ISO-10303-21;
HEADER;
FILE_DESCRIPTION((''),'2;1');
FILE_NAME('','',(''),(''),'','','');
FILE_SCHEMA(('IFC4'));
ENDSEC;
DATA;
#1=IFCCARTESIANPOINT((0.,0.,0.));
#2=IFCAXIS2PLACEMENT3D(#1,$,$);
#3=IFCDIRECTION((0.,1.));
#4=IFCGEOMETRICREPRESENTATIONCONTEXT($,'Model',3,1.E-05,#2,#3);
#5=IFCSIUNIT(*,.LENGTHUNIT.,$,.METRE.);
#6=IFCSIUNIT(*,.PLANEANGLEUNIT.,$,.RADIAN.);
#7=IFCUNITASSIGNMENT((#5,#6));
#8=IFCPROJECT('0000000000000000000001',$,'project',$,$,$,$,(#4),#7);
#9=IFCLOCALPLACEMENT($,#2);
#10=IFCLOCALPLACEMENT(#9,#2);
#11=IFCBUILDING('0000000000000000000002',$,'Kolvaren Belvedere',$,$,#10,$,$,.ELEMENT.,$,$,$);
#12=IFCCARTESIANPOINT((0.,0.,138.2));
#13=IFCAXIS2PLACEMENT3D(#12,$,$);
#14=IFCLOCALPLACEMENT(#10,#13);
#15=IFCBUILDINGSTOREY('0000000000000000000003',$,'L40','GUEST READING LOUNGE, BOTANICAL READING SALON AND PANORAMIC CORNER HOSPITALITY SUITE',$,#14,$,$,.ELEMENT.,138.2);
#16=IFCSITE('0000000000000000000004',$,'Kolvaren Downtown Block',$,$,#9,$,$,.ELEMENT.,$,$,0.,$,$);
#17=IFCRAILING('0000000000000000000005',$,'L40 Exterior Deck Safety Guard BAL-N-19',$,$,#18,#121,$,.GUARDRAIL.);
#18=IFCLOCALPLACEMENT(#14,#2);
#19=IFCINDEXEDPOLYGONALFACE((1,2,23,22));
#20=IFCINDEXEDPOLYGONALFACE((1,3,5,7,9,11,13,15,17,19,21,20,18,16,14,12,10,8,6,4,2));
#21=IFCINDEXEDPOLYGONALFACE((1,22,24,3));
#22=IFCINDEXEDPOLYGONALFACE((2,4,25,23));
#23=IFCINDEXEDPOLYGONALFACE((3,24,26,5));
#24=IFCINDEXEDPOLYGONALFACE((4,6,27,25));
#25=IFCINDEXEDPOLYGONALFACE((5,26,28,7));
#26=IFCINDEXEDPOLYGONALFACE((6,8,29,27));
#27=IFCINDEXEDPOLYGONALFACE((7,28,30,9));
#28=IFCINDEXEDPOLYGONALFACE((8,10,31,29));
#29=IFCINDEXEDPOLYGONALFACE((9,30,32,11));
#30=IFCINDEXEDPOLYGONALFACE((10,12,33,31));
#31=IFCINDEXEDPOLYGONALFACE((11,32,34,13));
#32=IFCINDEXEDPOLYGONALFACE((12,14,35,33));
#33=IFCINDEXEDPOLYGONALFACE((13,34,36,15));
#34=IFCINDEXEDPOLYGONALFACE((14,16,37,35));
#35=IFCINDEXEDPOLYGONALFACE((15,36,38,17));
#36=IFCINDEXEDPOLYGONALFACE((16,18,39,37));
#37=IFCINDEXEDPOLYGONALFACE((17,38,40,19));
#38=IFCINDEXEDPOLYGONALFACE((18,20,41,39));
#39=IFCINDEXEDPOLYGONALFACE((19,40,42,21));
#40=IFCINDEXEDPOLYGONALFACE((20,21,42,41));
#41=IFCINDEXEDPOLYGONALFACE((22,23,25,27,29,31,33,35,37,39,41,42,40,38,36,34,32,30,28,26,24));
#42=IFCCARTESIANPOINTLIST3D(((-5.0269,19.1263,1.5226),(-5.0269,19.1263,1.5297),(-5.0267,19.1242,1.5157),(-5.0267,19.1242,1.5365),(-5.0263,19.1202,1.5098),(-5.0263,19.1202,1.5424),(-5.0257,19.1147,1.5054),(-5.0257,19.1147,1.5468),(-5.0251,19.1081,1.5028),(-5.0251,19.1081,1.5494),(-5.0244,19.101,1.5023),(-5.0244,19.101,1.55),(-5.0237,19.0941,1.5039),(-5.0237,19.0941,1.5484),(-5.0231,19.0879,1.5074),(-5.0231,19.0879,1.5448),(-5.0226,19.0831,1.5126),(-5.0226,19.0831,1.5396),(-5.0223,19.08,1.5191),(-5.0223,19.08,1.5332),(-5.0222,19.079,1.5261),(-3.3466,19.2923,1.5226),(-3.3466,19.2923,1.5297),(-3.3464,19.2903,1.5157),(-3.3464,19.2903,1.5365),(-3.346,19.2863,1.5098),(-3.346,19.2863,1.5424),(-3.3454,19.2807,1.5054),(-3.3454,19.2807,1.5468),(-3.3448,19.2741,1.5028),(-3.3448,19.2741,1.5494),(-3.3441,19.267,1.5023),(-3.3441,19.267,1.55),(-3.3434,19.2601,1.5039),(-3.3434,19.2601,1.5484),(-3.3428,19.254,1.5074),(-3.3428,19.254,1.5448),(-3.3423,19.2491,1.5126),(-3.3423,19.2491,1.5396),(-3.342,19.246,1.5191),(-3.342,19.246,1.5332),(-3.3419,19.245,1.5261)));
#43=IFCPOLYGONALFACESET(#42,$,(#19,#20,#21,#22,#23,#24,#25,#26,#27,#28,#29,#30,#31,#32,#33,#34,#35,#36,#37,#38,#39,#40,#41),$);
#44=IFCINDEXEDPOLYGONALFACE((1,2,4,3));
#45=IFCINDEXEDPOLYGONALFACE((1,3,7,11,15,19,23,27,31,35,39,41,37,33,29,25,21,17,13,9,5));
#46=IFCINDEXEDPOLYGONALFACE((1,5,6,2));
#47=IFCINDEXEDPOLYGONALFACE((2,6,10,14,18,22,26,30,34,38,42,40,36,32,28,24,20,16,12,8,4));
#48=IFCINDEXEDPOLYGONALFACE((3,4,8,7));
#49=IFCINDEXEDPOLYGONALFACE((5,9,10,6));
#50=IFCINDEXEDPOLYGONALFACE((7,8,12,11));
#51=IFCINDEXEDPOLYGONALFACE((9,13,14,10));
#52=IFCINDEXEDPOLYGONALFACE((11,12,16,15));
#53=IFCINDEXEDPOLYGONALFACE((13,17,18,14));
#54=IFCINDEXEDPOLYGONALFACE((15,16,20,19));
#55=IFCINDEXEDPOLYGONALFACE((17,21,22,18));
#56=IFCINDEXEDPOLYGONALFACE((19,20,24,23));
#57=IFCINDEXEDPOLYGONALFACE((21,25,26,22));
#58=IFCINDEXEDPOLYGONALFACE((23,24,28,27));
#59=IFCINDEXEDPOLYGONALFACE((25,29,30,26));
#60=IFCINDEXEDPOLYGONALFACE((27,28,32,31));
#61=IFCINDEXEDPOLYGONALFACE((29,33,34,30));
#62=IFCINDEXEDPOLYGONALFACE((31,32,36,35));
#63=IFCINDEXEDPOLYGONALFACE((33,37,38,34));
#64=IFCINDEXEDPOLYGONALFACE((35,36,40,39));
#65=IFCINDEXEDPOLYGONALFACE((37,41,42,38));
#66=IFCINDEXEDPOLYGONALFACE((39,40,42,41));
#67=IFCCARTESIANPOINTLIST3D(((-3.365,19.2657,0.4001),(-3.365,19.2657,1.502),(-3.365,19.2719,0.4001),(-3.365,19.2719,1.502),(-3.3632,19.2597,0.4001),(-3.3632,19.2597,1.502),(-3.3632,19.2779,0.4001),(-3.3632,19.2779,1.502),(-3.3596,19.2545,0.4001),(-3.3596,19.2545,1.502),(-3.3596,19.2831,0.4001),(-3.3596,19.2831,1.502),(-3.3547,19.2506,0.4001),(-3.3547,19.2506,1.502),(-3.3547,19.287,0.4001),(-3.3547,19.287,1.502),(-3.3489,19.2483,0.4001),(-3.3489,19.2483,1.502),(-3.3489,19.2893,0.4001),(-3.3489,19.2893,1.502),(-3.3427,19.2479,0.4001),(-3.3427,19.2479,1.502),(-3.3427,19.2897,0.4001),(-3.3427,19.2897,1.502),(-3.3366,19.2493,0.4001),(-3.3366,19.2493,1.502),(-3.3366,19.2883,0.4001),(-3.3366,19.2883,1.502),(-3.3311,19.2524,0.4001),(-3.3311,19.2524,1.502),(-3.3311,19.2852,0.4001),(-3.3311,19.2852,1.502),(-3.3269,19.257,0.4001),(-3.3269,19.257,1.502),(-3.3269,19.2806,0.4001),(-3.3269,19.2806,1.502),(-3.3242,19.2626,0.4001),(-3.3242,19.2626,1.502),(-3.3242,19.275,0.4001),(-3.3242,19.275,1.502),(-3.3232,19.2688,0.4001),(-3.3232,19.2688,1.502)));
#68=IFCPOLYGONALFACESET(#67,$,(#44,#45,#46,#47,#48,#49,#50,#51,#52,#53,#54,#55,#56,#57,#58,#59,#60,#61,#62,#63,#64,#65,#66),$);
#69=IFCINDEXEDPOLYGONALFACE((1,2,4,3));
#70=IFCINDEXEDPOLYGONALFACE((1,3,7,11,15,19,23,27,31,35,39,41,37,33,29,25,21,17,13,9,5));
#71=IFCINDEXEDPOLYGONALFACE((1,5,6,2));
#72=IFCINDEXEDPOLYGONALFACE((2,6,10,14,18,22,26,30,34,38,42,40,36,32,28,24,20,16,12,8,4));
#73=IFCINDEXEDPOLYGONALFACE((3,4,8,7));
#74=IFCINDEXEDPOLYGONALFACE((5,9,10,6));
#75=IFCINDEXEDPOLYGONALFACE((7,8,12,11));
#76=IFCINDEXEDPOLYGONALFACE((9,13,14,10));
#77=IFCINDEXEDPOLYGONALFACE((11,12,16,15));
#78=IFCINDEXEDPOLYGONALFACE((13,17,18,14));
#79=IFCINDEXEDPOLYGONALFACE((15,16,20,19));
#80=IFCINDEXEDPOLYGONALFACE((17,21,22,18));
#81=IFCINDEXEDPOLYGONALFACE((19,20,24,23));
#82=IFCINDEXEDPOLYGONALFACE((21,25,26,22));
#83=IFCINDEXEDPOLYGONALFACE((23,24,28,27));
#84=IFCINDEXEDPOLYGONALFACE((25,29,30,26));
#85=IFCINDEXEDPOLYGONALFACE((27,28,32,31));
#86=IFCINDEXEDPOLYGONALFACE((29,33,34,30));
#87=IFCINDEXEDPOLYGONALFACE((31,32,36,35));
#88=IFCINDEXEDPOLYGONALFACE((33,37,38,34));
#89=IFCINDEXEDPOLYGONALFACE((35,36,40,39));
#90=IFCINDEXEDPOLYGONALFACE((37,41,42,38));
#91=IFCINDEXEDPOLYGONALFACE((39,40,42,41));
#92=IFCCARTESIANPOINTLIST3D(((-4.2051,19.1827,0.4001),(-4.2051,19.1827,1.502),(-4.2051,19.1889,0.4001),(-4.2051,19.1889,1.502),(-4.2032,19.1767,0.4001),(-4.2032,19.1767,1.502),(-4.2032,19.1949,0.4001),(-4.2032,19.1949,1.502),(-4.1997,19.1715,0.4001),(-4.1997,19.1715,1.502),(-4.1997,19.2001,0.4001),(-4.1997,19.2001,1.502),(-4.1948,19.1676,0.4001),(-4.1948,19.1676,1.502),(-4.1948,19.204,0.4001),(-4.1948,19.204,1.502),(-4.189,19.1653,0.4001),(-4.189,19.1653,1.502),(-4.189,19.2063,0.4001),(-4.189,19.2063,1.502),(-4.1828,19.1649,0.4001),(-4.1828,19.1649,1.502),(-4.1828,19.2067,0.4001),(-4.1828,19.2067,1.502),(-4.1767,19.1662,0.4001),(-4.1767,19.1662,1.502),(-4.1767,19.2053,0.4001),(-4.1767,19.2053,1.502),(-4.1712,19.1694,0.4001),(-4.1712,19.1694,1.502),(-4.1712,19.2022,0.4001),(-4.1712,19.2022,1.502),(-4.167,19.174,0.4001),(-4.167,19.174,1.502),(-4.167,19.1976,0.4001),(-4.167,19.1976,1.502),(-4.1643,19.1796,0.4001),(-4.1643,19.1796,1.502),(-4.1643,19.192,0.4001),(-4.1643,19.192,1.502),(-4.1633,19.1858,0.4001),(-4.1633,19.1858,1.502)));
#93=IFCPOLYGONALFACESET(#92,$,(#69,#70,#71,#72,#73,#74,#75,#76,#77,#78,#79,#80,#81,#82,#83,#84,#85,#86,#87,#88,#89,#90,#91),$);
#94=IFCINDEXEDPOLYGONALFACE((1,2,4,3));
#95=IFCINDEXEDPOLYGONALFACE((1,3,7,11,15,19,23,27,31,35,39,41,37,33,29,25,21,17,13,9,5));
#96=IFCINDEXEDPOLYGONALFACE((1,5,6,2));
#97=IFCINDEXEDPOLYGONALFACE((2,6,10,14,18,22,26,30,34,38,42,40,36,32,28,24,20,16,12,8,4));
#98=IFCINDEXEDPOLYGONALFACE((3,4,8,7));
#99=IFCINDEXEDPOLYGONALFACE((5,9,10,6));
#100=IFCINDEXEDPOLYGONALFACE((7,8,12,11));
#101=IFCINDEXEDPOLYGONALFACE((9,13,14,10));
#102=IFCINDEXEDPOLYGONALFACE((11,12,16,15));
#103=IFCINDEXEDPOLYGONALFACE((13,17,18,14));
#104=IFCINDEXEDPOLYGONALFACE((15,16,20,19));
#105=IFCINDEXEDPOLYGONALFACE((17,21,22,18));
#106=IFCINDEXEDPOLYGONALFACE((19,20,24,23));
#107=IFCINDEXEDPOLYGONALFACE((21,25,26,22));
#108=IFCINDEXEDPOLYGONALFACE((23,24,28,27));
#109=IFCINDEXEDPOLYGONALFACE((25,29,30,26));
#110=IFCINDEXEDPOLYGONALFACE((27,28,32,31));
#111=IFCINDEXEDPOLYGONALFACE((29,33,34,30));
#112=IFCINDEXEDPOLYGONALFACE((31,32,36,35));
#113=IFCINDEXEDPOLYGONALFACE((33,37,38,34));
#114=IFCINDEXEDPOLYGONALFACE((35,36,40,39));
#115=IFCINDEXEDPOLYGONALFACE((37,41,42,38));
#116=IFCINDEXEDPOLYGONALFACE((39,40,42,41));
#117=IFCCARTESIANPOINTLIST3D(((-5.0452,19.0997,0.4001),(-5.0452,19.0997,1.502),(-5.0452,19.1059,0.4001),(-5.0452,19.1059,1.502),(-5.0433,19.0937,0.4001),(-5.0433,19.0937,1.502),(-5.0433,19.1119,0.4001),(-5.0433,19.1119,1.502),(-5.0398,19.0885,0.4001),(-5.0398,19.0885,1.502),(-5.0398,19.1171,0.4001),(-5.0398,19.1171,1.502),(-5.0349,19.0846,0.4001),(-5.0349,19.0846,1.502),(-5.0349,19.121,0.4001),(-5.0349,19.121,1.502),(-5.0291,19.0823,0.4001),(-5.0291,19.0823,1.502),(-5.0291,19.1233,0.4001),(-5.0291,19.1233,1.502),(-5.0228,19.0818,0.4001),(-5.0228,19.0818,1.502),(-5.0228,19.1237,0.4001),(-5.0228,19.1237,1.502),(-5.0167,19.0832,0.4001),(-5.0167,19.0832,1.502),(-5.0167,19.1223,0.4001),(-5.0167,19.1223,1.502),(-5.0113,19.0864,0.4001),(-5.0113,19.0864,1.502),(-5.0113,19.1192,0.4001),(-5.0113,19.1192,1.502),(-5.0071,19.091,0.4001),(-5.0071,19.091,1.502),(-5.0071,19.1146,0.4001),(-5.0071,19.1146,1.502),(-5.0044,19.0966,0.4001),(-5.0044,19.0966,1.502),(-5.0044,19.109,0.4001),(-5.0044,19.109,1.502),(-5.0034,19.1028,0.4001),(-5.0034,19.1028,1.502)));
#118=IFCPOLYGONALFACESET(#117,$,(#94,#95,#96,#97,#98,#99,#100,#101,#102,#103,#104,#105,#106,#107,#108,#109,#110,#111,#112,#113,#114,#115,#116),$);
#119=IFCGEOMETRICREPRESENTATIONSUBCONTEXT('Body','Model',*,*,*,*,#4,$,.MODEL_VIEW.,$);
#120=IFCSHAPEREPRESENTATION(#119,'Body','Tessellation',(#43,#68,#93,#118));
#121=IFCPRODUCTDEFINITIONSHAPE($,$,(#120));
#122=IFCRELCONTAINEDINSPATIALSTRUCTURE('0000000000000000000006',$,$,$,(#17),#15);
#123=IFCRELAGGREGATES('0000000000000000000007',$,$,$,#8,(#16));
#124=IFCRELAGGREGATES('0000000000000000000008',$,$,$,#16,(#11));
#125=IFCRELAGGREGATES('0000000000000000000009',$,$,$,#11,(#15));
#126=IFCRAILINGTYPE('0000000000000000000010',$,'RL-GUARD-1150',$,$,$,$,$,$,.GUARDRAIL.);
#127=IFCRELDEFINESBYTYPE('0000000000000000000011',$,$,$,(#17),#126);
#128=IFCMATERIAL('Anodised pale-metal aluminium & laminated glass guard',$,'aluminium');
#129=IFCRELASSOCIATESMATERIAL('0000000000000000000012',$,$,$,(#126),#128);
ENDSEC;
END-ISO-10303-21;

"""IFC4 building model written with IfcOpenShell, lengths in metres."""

from ifc_helpers import new_model, si_unit, direction, frame, origin, origin_2d, place, context, subcontext, project, spatial, circle, extrude, material, type_object, element, save


model = new_model("IFC4")

# Units and contexts
model_context = context("Model", 3, precision=1e-05, world=origin(), true_north=direction((0.0, 1.0)))
body_context = subcontext(model_context, "Body", "Model", "MODEL_VIEW")
ifc_project = project(units=[si_unit("LENGTHUNIT", "METRE"), si_unit("PLANEANGLEUNIT", "RADIAN")], contexts=[model_context])

# Site, building, storey
site_placement = place(None, origin())
site = spatial("IfcSite", under=ifc_project, at=site_placement, Name="Kolvaren Downtown Block", CompositionType="ELEMENT", RefElevation=0.0)
building_placement = place(site_placement, origin())
building = spatial("IfcBuilding", under=site, at=building_placement, Name="Kolvaren Belvedere", CompositionType="ELEMENT")
storey_placement = place(building_placement, frame((0.0, 0.0, 138.2)))
storey = spatial("IfcBuildingStorey", under=building, at=storey_placement, Name="L40", Description="GUEST READING LOUNGE, BOTANICAL READING SALON AND PANORAMIC CORNER HOSPITALITY SUITE", CompositionType="ELEMENT", Elevation=138.2)

# Railing
ifc_material_1 = material(Name="Anodised pale-metal aluminium & laminated glass guard", Category="aluminium")
railing_type = type_object("IfcRailingType", Name="RL-GUARD-1150", PredefinedType="GUARDRAIL", material=ifc_material_1)
railing_1_placement = place(storey_placement, frame((-3.3442, 19.2688, 0.4001)))
element("IfcRailing", 1, at=railing_1_placement, inside=storey, type_object=railing_type, Name="L40 Exterior Deck Safety Guard BAL-N-19", PredefinedType="GUARDRAIL", context=body_context, shape_type="SweptSolid", body=[
    extrude(circle(Radius=0.0239, at=origin_2d()), frame((0.0, 0.0, 1.126), z_axis=(-0.995154, -0.09833, 0.0), x_axis=(0.09833, -0.995154, 0.0)), (0.0, 0.0, 1.0), 1.6885),
    extrude(circle(Radius=0.021, at=origin_2d()), origin(), (0.0, 0.0, 1.0), 1.1018),
    extrude(circle(Radius=0.021, at=origin_2d()), frame((-0.8401, -0.083, 0.0)), (0.0, 0.0, 1.0), 1.1018),
    extrude(circle(Radius=0.021, at=origin_2d()), frame((-1.6802, -0.166, 0.0)), (0.0, 0.0, 1.0), 1.1018),
])

save(model, "model.ifc")
